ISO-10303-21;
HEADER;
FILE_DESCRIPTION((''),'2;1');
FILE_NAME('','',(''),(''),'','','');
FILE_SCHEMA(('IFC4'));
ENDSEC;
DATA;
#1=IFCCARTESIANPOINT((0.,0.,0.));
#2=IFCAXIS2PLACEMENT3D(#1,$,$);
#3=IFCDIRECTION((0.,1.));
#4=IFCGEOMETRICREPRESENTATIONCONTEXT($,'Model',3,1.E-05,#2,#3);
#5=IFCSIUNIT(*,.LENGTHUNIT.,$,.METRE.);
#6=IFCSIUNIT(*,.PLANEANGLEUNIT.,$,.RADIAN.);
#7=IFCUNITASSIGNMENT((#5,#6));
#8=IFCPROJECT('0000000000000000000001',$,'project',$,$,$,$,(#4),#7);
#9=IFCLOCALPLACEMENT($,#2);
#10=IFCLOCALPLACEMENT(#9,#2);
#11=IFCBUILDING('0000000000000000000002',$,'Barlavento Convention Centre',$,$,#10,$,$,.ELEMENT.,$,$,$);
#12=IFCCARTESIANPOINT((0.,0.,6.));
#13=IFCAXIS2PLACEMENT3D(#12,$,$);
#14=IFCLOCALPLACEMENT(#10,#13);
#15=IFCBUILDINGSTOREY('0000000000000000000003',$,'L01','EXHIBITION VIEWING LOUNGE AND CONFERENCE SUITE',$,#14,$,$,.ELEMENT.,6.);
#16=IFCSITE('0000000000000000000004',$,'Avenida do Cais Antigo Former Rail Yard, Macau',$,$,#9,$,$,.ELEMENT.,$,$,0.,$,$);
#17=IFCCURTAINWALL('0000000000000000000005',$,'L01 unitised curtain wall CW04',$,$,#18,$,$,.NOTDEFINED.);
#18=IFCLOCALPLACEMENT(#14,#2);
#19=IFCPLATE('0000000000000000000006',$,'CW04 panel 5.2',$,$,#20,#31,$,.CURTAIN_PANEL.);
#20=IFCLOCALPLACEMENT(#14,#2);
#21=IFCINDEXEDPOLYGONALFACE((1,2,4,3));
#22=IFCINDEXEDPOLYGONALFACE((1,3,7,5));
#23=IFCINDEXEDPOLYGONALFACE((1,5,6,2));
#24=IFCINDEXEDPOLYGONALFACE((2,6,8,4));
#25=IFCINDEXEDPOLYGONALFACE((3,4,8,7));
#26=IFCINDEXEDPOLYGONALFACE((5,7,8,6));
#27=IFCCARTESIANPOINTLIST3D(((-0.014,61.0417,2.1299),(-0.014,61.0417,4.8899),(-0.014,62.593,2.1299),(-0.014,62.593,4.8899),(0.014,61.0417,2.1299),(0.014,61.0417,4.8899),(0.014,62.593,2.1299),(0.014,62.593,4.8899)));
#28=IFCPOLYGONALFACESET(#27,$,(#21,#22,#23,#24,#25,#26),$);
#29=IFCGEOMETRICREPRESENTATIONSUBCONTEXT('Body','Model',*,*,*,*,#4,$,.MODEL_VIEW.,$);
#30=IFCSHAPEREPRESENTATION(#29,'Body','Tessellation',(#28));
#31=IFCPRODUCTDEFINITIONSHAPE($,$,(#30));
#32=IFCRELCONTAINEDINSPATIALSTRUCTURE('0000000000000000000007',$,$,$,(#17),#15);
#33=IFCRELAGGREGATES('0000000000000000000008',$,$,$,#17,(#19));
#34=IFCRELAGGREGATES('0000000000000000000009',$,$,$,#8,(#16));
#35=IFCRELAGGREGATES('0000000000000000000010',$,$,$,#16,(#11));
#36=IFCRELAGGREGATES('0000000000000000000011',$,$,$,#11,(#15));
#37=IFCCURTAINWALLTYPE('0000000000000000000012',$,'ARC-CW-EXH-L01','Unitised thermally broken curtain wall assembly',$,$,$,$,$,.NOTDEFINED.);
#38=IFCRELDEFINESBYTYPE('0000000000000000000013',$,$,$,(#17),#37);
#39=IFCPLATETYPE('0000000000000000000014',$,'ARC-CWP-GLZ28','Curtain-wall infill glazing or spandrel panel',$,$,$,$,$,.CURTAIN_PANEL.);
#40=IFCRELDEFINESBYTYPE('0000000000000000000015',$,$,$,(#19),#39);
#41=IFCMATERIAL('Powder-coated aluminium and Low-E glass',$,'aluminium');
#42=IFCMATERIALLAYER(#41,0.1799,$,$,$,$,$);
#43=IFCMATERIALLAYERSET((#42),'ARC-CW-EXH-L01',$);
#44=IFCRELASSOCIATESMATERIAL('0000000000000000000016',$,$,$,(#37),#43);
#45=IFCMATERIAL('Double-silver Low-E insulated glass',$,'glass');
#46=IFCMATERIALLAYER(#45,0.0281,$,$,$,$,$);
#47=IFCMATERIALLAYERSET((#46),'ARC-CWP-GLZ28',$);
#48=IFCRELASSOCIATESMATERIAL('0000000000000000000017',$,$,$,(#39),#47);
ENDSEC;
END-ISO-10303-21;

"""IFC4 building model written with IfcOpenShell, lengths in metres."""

from ifc_helpers import new_model, si_unit, direction, frame, origin, origin_2d, place, context, subcontext, project, spatial, rectangle, extrude, material, layer, layer_set, type_object, element, aggregate, save


model = new_model("IFC4")

# Units and contexts
model_context = context("Model", 3, precision=1e-05, world=origin(), true_north=direction((0.0, 1.0)))
body_context = subcontext(model_context, "Body", "Model", "MODEL_VIEW")
ifc_project = project(units=[si_unit("LENGTHUNIT", "METRE"), si_unit("PLANEANGLEUNIT", "RADIAN")], contexts=[model_context])

# Site, building, storey
site_placement = place(None, origin())
site = spatial("IfcSite", under=ifc_project, at=site_placement, Name="Avenida do Cais Antigo Former Rail Yard, Macau", CompositionType="ELEMENT", RefElevation=0.0)
building_placement = place(site_placement, origin())
building = spatial("IfcBuilding", under=site, at=building_placement, Name="Barlavento Convention Centre", CompositionType="ELEMENT")
storey_placement = place(building_placement, frame((0.0, 0.0, 6.0)))
storey = spatial("IfcBuildingStorey", under=building, at=storey_placement, Name="L01", Description="EXHIBITION VIEWING LOUNGE AND CONFERENCE SUITE", CompositionType="ELEMENT", Elevation=6.0)

# Curtain wall
ifc_material_1 = material(Name="Powder-coated aluminium and Low-E glass", Category="aluminium")
ifc_layer_1 = layer(ifc_material_1, 0.1799)
ifc_layer_set_1 = layer_set([ifc_layer_1], Name="ARC-CW-EXH-L01")
curtain_wall_type = type_object("IfcCurtainWallType", Name="ARC-CW-EXH-L01", Description="Unitised thermally broken curtain wall assembly", PredefinedType="NOTDEFINED", material=ifc_layer_set_1)
curtain_wall_1_placement = place(storey_placement, origin())
curtain_wall_1 = element("IfcCurtainWall", 1, at=curtain_wall_1_placement, inside=storey, type_object=curtain_wall_type, Name="L01 unitised curtain wall CW04", PredefinedType="NOTDEFINED")

# Plate
ifc_material_2 = material(Name="Double-silver Low-E insulated glass", Category="glass")
ifc_layer_2 = layer(ifc_material_2, 0.0281)
ifc_layer_set_2 = layer_set([ifc_layer_2], Name="ARC-CWP-GLZ28")
plate_type = type_object("IfcPlateType", Name="ARC-CWP-GLZ28", Description="Curtain-wall infill glazing or spandrel panel", PredefinedType="CURTAIN_PANEL", material=ifc_layer_set_2)
plate_1_placement = place(storey_placement, frame((0.0, 61.8174, 2.1299), z_axis=(0.0, 0.0, 1.0), x_axis=(0.0, 1.0, 0.0)))
plate_1 = element("IfcPlate", 2, at=plate_1_placement, type_object=plate_type, Name="CW04 panel 5.2", PredefinedType="CURTAIN_PANEL", context=body_context, shape_type="SweptSolid", body=[
    extrude(rectangle(XDim=1.5513, YDim=0.0281, at=origin_2d()), origin(), (0.0, 0.0, 1.0), 2.76),
])
aggregate(curtain_wall_1, [plate_1])

save(model, "model.ifc")
